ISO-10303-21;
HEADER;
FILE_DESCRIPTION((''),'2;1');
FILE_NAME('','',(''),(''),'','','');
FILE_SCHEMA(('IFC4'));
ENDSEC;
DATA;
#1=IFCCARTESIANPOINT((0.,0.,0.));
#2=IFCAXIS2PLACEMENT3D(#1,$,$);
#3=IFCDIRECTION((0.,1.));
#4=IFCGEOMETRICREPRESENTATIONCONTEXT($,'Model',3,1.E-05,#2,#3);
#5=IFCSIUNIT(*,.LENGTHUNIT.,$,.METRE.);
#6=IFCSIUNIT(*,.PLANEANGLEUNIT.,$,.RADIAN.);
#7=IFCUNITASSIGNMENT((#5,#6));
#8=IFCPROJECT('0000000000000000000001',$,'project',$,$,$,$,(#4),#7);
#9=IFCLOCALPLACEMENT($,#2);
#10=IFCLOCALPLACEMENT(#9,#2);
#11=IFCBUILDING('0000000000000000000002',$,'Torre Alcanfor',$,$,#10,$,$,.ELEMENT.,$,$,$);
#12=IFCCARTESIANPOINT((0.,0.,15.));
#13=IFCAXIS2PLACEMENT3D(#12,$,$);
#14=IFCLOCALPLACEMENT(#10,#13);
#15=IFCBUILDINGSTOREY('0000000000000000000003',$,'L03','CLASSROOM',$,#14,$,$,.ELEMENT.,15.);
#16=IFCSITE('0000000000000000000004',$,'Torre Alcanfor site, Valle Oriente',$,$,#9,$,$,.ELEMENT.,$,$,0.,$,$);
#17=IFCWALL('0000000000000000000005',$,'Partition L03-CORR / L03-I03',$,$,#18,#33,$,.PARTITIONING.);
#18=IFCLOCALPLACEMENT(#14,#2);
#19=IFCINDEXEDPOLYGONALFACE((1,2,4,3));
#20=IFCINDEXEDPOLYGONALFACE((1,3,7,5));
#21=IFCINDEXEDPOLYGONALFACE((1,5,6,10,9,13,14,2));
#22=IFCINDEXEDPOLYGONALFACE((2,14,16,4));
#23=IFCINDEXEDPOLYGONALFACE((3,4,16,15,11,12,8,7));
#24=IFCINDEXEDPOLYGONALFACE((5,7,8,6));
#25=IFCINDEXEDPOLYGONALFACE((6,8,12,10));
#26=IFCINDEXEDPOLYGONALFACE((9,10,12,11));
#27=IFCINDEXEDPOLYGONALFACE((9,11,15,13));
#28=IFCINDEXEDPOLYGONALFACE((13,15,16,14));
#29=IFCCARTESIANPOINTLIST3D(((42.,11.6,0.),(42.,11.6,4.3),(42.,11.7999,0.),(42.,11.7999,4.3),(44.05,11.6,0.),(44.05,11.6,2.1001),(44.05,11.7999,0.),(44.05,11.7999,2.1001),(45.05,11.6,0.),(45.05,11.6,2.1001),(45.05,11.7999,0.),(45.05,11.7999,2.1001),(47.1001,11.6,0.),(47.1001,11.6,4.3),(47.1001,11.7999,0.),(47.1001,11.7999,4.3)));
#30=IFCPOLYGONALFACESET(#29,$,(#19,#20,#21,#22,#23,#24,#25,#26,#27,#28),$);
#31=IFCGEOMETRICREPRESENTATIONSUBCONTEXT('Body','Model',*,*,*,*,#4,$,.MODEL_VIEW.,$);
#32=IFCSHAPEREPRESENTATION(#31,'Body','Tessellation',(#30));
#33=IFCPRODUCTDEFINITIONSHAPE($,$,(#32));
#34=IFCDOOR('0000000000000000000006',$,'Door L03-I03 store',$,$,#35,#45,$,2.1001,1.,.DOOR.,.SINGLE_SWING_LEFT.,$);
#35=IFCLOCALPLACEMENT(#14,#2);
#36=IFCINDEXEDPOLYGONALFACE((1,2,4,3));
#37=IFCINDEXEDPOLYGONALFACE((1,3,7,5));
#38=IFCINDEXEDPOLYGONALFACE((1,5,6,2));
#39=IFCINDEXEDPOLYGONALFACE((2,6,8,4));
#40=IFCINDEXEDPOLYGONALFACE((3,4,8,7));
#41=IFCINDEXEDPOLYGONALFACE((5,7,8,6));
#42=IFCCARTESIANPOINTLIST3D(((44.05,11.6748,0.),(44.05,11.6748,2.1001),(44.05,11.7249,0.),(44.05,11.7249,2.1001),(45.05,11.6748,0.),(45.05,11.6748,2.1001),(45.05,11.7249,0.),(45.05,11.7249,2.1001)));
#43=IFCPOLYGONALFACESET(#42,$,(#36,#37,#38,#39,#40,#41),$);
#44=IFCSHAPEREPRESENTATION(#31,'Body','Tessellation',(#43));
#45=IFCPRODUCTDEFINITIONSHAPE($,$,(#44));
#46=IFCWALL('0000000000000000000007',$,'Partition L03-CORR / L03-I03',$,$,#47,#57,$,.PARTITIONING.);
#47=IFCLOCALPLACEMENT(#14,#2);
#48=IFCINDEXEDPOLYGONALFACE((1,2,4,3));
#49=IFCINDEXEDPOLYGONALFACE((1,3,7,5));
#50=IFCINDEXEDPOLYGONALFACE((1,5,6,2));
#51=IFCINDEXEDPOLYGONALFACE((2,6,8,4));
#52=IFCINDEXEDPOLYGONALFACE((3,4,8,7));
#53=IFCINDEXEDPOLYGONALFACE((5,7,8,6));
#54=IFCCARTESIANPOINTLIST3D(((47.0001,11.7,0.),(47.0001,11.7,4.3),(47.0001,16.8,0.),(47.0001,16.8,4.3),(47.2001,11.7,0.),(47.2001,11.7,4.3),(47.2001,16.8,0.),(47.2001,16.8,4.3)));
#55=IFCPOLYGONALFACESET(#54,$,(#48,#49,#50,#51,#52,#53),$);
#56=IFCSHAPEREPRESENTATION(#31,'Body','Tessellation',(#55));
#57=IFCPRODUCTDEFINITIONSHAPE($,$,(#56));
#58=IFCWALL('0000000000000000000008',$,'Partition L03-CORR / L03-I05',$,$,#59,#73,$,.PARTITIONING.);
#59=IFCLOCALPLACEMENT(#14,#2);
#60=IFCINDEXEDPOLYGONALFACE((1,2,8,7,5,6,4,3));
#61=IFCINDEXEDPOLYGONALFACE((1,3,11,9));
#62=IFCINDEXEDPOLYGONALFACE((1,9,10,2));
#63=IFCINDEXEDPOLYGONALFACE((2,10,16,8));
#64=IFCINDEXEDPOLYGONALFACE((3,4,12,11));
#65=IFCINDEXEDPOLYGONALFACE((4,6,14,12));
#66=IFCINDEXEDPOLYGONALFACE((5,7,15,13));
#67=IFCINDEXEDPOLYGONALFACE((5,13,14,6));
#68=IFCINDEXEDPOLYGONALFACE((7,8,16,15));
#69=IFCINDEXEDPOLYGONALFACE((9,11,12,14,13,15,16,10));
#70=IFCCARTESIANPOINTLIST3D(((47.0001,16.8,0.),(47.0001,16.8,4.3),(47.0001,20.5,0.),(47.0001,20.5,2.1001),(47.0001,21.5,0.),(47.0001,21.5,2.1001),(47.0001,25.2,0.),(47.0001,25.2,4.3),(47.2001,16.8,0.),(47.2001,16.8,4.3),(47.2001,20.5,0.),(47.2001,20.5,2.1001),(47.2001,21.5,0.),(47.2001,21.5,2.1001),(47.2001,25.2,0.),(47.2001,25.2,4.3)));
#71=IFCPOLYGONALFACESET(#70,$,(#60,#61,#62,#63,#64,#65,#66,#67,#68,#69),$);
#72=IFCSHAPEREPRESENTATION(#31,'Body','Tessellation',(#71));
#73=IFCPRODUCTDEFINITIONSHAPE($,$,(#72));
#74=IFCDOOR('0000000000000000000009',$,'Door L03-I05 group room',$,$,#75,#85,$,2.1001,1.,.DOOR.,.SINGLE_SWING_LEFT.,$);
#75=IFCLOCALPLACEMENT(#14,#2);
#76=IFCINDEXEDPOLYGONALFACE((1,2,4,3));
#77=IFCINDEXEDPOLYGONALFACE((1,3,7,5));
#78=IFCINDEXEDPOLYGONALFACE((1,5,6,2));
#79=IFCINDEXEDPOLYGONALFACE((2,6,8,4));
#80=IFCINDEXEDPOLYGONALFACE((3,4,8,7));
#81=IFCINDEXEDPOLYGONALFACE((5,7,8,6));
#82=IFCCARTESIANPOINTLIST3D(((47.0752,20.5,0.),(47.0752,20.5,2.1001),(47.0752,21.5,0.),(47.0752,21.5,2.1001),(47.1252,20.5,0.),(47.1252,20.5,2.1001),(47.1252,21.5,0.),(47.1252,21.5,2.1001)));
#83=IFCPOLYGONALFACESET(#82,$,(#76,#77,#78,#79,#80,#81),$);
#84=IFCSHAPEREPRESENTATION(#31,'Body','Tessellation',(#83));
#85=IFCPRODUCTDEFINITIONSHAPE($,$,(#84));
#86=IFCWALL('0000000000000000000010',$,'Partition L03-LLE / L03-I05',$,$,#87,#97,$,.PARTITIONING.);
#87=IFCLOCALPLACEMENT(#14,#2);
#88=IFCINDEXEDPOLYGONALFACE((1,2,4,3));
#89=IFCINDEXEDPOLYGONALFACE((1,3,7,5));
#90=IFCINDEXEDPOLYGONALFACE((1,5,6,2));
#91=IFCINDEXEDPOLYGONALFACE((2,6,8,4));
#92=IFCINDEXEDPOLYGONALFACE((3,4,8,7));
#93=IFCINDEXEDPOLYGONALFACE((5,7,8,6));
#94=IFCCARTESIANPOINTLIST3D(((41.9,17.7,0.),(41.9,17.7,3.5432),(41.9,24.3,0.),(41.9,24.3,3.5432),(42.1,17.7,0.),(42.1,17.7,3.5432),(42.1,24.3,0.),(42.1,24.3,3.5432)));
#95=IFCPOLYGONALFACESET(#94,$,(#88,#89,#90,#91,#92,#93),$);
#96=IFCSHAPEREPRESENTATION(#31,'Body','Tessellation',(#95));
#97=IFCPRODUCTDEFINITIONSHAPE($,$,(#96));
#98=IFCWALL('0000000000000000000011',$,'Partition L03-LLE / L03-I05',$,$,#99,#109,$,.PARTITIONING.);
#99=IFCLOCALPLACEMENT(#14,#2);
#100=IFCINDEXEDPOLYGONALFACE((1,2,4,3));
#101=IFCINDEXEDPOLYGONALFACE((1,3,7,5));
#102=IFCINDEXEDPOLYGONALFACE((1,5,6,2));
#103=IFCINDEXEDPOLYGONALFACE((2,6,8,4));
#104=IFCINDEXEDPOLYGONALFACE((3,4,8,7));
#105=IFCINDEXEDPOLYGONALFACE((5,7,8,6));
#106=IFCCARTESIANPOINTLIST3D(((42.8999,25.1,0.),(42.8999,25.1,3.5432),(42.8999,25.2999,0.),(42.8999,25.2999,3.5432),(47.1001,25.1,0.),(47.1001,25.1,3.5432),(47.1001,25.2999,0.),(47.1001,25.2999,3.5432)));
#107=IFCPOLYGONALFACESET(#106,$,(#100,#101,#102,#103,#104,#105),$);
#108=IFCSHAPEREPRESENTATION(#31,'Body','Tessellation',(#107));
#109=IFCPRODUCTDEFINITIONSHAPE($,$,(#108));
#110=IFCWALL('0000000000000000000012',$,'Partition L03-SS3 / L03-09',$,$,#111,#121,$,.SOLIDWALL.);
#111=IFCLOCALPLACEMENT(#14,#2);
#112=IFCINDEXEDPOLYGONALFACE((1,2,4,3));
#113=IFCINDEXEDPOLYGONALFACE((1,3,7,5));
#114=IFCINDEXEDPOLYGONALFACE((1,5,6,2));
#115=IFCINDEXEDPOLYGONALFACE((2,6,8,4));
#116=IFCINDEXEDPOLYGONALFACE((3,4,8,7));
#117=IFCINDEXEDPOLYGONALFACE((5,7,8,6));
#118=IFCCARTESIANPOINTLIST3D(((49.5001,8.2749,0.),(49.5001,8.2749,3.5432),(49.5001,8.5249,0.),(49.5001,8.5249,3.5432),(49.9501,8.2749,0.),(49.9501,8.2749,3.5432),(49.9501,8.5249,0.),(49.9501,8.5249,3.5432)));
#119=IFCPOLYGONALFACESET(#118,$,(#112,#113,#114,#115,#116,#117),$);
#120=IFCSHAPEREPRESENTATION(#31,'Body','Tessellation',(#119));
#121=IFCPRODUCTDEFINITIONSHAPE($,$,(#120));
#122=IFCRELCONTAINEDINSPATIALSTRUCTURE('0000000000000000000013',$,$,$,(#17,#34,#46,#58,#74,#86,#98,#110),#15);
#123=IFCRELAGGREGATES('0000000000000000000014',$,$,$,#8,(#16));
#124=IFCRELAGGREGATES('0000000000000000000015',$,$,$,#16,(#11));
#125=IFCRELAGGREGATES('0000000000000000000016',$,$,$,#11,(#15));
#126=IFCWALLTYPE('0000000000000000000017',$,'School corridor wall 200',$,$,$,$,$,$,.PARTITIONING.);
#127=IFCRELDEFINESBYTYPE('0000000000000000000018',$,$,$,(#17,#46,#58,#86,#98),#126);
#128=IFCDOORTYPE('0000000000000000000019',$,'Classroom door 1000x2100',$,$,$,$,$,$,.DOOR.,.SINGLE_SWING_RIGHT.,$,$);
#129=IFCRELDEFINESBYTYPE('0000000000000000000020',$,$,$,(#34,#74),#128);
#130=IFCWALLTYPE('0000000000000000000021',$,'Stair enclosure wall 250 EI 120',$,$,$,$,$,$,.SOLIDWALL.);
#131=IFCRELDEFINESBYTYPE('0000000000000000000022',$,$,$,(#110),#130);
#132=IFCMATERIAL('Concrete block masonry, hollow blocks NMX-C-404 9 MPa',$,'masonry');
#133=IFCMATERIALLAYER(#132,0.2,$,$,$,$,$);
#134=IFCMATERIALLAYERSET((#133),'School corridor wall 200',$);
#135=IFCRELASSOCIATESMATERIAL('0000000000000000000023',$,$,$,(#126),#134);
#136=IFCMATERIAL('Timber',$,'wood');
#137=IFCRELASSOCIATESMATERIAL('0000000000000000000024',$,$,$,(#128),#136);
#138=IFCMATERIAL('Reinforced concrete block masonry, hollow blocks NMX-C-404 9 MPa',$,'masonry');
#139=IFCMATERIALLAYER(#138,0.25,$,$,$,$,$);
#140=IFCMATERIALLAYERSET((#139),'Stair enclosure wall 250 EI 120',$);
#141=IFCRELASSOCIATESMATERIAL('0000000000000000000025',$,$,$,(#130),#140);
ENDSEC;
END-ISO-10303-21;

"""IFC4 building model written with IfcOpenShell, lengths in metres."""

from ifc_helpers import new_model, si_unit, direction, frame, frame_2d, origin, place, context, subcontext, project, spatial, rectangle, extrude, material, layer, layer_set, type_object, element, fill, save


model = new_model("IFC4")

# Units and contexts
model_context = context("Model", 3, precision=1e-05, world=origin(), true_north=direction((0.0, 1.0)))
body_context = subcontext(model_context, "Body", "Model", "MODEL_VIEW")
ifc_project = project(units=[si_unit("LENGTHUNIT", "METRE"), si_unit("PLANEANGLEUNIT", "RADIAN")], contexts=[model_context])

# Site, building, storey
site_placement = place(None, origin())
site = spatial("IfcSite", under=ifc_project, at=site_placement, Name="Torre Alcanfor site, Valle Oriente", CompositionType="ELEMENT", RefElevation=0.0)
building_placement = place(site_placement, origin())
building = spatial("IfcBuilding", under=site, at=building_placement, Name="Torre Alcanfor", CompositionType="ELEMENT")
storey_placement = place(building_placement, frame((0.0, 0.0, 15.0)))
storey = spatial("IfcBuildingStorey", under=building, at=storey_placement, Name="L03", Description="CLASSROOM", CompositionType="ELEMENT", Elevation=15.0)

# Shared definitions
ifc_material_1 = material(Name="Concrete block masonry, hollow blocks NMX-C-404 9 MPa", Category="masonry")
ifc_layer_1 = layer(ifc_material_1, 0.2)
ifc_layer_set_1 = layer_set([ifc_layer_1], Name="School corridor wall 200")
wall_type_1 = type_object("IfcWallType", Name="School corridor wall 200", PredefinedType="PARTITIONING", material=ifc_layer_set_1)
ifc_material_2 = material(Name="Timber", Category="wood")
door_type = type_object("IfcDoorType", Name="Classroom door 1000x2100", OperationType="SINGLE_SWING_RIGHT", PredefinedType="DOOR", material=ifc_material_2)

# Wall, opening, door
wall_1_placement = place(storey_placement, frame((42.0, 11.7, 0.0), z_axis=(0.0, 0.0, 1.0), x_axis=(1.0, 0.0, 0.0)))
wall_1 = element("IfcWall", 1, at=wall_1_placement, inside=storey, type_object=wall_type_1, Name="Partition L03-CORR / L03-I03", PredefinedType="PARTITIONING", context=body_context, shape_type="SweptSolid", body=[
    extrude(rectangle(XDim=5.1001, YDim=0.2, at=frame_2d((2.55, 0.0))), origin(), (0.0, 0.0, 1.0), 4.3),
])
opening_1_placement = place(wall_1_placement, frame((2.05, 0.0, 0.0)))
opening_1 = element("IfcOpeningElement", 2, at=opening_1_placement, cuts=wall_1, PredefinedType="OPENING", context=body_context, shape_type="SweptSolid", body=[
    extrude(rectangle(XDim=1.0, YDim=2.1001, at=frame_2d((0.5, 1.05))), frame((0.0, 0.1099, 0.0), z_axis=(0.0, -1.0, 0.0), x_axis=(1.0, 0.0, 0.0)), (0.0, 0.0, 1.0), 0.22),
])
door_1_placement = place(opening_1_placement, origin())
door_1 = element("IfcDoor", 3, at=door_1_placement, inside=storey, type_object=door_type, Name="Door L03-I03 store", OperationType="SINGLE_SWING_LEFT", OverallHeight=2.1001, OverallWidth=1.0, PredefinedType="DOOR", context=body_context, shape_type="SweptSolid", body=[
    extrude(rectangle(XDim=1.0, YDim=2.1001, at=frame_2d((0.5, 1.05))), frame((0.0, 0.0249, 0.0), z_axis=(0.0, -1.0, 0.0), x_axis=(1.0, 0.0, 0.0)), (0.0, 0.0, 1.0), 0.05),
])
fill(opening_1, door_1)

# Wall
wall_2_placement = place(storey_placement, frame((47.1001, 11.7, 0.0), z_axis=(0.0, 0.0, 1.0), x_axis=(0.0, 1.0, 0.0)))
element("IfcWall", 4, at=wall_2_placement, inside=storey, type_object=wall_type_1, Name="Partition L03-CORR / L03-I03", PredefinedType="PARTITIONING", context=body_context, shape_type="SweptSolid", body=[
    extrude(rectangle(XDim=5.1001, YDim=0.2, at=frame_2d((2.55, 0.0))), origin(), (0.0, 0.0, 1.0), 4.3),
])

# Wall, opening, door
wall_3_placement = place(storey_placement, frame((47.1001, 16.8, 0.0), z_axis=(0.0, 0.0, 1.0), x_axis=(0.0, 1.0, 0.0)))
wall_3 = element("IfcWall", 5, at=wall_3_placement, inside=storey, type_object=wall_type_1, Name="Partition L03-CORR / L03-I05", PredefinedType="PARTITIONING", context=body_context, shape_type="SweptSolid", body=[
    extrude(rectangle(XDim=8.3999, YDim=0.2, at=frame_2d((4.2, 0.0))), origin(), (0.0, 0.0, 1.0), 4.3),
])
opening_2_placement = place(wall_3_placement, frame((3.7, 0.0, 0.0)))
opening_2 = element("IfcOpeningElement", 6, at=opening_2_placement, cuts=wall_3, PredefinedType="OPENING", context=body_context, shape_type="SweptSolid", body=[
    extrude(rectangle(XDim=1.0, YDim=2.1001, at=frame_2d((0.5, 1.05))), frame((0.0, 0.1099, 0.0), z_axis=(0.0, -1.0, 0.0), x_axis=(1.0, 0.0, 0.0)), (0.0, 0.0, 1.0), 0.22),
])
door_2_placement = place(opening_2_placement, origin())
door_2 = element("IfcDoor", 7, at=door_2_placement, inside=storey, type_object=door_type, Name="Door L03-I05 group room", OperationType="SINGLE_SWING_LEFT", OverallHeight=2.1001, OverallWidth=1.0, PredefinedType="DOOR", context=body_context, shape_type="SweptSolid", body=[
    extrude(rectangle(XDim=1.0, YDim=2.1001, at=frame_2d((0.5, 1.05))), frame((0.0, 0.0249, 0.0), z_axis=(0.0, -1.0, 0.0), x_axis=(1.0, 0.0, 0.0)), (0.0, 0.0, 1.0), 0.05),
])
fill(opening_2, door_2)

# Walls
wall_4_placement = place(storey_placement, frame((42.0, 24.3, 0.0), z_axis=(0.0, 0.0, 1.0), x_axis=(0.0, -1.0, 0.0)))
element("IfcWall", 8, at=wall_4_placement, inside=storey, type_object=wall_type_1, Name="Partition L03-LLE / L03-I05", PredefinedType="PARTITIONING", context=body_context, shape_type="SweptSolid", body=[
    extrude(rectangle(XDim=6.6001, YDim=0.2, at=frame_2d((3.3, 0.0))), origin(), (0.0, 0.0, 1.0), 3.5432),
])
wall_5_placement = place(storey_placement, frame((47.1001, 25.2, 0.0), z_axis=(0.0, 0.0, 1.0), x_axis=(-1.0, 0.0, 0.0)))
element("IfcWall", 9, at=wall_5_placement, inside=storey, type_object=wall_type_1, Name="Partition L03-LLE / L03-I05", PredefinedType="PARTITIONING", context=body_context, shape_type="SweptSolid", body=[
    extrude(rectangle(XDim=4.2002, YDim=0.2, at=frame_2d((2.1001, 0.0))), origin(), (0.0, 0.0, 1.0), 3.5432),
])
ifc_material_3 = material(Name="Reinforced concrete block masonry, hollow blocks NMX-C-404 9 MPa", Category="masonry")
ifc_layer_2 = layer(ifc_material_3, 0.25)
ifc_layer_set_2 = layer_set([ifc_layer_2], Name="Stair enclosure wall 250 EI 120")
wall_type_2 = type_object("IfcWallType", Name="Stair enclosure wall 250 EI 120", PredefinedType="SOLIDWALL", material=ifc_layer_set_2)
wall_6_placement = place(storey_placement, frame((49.5, 8.3999, 0.0), z_axis=(0.0, 0.0, 1.0), x_axis=(1.0, 0.0, 0.0)))
element("IfcWall", 10, at=wall_6_placement, inside=storey, type_object=wall_type_2, Name="Partition L03-SS3 / L03-09", PredefinedType="SOLIDWALL", context=body_context, shape_type="SweptSolid", body=[
    extrude(rectangle(XDim=0.45, YDim=0.25, at=frame_2d((0.2251, 0.0))), origin(), (0.0, 0.0, 1.0), 3.5432),
])

save(model, "model.ifc")
